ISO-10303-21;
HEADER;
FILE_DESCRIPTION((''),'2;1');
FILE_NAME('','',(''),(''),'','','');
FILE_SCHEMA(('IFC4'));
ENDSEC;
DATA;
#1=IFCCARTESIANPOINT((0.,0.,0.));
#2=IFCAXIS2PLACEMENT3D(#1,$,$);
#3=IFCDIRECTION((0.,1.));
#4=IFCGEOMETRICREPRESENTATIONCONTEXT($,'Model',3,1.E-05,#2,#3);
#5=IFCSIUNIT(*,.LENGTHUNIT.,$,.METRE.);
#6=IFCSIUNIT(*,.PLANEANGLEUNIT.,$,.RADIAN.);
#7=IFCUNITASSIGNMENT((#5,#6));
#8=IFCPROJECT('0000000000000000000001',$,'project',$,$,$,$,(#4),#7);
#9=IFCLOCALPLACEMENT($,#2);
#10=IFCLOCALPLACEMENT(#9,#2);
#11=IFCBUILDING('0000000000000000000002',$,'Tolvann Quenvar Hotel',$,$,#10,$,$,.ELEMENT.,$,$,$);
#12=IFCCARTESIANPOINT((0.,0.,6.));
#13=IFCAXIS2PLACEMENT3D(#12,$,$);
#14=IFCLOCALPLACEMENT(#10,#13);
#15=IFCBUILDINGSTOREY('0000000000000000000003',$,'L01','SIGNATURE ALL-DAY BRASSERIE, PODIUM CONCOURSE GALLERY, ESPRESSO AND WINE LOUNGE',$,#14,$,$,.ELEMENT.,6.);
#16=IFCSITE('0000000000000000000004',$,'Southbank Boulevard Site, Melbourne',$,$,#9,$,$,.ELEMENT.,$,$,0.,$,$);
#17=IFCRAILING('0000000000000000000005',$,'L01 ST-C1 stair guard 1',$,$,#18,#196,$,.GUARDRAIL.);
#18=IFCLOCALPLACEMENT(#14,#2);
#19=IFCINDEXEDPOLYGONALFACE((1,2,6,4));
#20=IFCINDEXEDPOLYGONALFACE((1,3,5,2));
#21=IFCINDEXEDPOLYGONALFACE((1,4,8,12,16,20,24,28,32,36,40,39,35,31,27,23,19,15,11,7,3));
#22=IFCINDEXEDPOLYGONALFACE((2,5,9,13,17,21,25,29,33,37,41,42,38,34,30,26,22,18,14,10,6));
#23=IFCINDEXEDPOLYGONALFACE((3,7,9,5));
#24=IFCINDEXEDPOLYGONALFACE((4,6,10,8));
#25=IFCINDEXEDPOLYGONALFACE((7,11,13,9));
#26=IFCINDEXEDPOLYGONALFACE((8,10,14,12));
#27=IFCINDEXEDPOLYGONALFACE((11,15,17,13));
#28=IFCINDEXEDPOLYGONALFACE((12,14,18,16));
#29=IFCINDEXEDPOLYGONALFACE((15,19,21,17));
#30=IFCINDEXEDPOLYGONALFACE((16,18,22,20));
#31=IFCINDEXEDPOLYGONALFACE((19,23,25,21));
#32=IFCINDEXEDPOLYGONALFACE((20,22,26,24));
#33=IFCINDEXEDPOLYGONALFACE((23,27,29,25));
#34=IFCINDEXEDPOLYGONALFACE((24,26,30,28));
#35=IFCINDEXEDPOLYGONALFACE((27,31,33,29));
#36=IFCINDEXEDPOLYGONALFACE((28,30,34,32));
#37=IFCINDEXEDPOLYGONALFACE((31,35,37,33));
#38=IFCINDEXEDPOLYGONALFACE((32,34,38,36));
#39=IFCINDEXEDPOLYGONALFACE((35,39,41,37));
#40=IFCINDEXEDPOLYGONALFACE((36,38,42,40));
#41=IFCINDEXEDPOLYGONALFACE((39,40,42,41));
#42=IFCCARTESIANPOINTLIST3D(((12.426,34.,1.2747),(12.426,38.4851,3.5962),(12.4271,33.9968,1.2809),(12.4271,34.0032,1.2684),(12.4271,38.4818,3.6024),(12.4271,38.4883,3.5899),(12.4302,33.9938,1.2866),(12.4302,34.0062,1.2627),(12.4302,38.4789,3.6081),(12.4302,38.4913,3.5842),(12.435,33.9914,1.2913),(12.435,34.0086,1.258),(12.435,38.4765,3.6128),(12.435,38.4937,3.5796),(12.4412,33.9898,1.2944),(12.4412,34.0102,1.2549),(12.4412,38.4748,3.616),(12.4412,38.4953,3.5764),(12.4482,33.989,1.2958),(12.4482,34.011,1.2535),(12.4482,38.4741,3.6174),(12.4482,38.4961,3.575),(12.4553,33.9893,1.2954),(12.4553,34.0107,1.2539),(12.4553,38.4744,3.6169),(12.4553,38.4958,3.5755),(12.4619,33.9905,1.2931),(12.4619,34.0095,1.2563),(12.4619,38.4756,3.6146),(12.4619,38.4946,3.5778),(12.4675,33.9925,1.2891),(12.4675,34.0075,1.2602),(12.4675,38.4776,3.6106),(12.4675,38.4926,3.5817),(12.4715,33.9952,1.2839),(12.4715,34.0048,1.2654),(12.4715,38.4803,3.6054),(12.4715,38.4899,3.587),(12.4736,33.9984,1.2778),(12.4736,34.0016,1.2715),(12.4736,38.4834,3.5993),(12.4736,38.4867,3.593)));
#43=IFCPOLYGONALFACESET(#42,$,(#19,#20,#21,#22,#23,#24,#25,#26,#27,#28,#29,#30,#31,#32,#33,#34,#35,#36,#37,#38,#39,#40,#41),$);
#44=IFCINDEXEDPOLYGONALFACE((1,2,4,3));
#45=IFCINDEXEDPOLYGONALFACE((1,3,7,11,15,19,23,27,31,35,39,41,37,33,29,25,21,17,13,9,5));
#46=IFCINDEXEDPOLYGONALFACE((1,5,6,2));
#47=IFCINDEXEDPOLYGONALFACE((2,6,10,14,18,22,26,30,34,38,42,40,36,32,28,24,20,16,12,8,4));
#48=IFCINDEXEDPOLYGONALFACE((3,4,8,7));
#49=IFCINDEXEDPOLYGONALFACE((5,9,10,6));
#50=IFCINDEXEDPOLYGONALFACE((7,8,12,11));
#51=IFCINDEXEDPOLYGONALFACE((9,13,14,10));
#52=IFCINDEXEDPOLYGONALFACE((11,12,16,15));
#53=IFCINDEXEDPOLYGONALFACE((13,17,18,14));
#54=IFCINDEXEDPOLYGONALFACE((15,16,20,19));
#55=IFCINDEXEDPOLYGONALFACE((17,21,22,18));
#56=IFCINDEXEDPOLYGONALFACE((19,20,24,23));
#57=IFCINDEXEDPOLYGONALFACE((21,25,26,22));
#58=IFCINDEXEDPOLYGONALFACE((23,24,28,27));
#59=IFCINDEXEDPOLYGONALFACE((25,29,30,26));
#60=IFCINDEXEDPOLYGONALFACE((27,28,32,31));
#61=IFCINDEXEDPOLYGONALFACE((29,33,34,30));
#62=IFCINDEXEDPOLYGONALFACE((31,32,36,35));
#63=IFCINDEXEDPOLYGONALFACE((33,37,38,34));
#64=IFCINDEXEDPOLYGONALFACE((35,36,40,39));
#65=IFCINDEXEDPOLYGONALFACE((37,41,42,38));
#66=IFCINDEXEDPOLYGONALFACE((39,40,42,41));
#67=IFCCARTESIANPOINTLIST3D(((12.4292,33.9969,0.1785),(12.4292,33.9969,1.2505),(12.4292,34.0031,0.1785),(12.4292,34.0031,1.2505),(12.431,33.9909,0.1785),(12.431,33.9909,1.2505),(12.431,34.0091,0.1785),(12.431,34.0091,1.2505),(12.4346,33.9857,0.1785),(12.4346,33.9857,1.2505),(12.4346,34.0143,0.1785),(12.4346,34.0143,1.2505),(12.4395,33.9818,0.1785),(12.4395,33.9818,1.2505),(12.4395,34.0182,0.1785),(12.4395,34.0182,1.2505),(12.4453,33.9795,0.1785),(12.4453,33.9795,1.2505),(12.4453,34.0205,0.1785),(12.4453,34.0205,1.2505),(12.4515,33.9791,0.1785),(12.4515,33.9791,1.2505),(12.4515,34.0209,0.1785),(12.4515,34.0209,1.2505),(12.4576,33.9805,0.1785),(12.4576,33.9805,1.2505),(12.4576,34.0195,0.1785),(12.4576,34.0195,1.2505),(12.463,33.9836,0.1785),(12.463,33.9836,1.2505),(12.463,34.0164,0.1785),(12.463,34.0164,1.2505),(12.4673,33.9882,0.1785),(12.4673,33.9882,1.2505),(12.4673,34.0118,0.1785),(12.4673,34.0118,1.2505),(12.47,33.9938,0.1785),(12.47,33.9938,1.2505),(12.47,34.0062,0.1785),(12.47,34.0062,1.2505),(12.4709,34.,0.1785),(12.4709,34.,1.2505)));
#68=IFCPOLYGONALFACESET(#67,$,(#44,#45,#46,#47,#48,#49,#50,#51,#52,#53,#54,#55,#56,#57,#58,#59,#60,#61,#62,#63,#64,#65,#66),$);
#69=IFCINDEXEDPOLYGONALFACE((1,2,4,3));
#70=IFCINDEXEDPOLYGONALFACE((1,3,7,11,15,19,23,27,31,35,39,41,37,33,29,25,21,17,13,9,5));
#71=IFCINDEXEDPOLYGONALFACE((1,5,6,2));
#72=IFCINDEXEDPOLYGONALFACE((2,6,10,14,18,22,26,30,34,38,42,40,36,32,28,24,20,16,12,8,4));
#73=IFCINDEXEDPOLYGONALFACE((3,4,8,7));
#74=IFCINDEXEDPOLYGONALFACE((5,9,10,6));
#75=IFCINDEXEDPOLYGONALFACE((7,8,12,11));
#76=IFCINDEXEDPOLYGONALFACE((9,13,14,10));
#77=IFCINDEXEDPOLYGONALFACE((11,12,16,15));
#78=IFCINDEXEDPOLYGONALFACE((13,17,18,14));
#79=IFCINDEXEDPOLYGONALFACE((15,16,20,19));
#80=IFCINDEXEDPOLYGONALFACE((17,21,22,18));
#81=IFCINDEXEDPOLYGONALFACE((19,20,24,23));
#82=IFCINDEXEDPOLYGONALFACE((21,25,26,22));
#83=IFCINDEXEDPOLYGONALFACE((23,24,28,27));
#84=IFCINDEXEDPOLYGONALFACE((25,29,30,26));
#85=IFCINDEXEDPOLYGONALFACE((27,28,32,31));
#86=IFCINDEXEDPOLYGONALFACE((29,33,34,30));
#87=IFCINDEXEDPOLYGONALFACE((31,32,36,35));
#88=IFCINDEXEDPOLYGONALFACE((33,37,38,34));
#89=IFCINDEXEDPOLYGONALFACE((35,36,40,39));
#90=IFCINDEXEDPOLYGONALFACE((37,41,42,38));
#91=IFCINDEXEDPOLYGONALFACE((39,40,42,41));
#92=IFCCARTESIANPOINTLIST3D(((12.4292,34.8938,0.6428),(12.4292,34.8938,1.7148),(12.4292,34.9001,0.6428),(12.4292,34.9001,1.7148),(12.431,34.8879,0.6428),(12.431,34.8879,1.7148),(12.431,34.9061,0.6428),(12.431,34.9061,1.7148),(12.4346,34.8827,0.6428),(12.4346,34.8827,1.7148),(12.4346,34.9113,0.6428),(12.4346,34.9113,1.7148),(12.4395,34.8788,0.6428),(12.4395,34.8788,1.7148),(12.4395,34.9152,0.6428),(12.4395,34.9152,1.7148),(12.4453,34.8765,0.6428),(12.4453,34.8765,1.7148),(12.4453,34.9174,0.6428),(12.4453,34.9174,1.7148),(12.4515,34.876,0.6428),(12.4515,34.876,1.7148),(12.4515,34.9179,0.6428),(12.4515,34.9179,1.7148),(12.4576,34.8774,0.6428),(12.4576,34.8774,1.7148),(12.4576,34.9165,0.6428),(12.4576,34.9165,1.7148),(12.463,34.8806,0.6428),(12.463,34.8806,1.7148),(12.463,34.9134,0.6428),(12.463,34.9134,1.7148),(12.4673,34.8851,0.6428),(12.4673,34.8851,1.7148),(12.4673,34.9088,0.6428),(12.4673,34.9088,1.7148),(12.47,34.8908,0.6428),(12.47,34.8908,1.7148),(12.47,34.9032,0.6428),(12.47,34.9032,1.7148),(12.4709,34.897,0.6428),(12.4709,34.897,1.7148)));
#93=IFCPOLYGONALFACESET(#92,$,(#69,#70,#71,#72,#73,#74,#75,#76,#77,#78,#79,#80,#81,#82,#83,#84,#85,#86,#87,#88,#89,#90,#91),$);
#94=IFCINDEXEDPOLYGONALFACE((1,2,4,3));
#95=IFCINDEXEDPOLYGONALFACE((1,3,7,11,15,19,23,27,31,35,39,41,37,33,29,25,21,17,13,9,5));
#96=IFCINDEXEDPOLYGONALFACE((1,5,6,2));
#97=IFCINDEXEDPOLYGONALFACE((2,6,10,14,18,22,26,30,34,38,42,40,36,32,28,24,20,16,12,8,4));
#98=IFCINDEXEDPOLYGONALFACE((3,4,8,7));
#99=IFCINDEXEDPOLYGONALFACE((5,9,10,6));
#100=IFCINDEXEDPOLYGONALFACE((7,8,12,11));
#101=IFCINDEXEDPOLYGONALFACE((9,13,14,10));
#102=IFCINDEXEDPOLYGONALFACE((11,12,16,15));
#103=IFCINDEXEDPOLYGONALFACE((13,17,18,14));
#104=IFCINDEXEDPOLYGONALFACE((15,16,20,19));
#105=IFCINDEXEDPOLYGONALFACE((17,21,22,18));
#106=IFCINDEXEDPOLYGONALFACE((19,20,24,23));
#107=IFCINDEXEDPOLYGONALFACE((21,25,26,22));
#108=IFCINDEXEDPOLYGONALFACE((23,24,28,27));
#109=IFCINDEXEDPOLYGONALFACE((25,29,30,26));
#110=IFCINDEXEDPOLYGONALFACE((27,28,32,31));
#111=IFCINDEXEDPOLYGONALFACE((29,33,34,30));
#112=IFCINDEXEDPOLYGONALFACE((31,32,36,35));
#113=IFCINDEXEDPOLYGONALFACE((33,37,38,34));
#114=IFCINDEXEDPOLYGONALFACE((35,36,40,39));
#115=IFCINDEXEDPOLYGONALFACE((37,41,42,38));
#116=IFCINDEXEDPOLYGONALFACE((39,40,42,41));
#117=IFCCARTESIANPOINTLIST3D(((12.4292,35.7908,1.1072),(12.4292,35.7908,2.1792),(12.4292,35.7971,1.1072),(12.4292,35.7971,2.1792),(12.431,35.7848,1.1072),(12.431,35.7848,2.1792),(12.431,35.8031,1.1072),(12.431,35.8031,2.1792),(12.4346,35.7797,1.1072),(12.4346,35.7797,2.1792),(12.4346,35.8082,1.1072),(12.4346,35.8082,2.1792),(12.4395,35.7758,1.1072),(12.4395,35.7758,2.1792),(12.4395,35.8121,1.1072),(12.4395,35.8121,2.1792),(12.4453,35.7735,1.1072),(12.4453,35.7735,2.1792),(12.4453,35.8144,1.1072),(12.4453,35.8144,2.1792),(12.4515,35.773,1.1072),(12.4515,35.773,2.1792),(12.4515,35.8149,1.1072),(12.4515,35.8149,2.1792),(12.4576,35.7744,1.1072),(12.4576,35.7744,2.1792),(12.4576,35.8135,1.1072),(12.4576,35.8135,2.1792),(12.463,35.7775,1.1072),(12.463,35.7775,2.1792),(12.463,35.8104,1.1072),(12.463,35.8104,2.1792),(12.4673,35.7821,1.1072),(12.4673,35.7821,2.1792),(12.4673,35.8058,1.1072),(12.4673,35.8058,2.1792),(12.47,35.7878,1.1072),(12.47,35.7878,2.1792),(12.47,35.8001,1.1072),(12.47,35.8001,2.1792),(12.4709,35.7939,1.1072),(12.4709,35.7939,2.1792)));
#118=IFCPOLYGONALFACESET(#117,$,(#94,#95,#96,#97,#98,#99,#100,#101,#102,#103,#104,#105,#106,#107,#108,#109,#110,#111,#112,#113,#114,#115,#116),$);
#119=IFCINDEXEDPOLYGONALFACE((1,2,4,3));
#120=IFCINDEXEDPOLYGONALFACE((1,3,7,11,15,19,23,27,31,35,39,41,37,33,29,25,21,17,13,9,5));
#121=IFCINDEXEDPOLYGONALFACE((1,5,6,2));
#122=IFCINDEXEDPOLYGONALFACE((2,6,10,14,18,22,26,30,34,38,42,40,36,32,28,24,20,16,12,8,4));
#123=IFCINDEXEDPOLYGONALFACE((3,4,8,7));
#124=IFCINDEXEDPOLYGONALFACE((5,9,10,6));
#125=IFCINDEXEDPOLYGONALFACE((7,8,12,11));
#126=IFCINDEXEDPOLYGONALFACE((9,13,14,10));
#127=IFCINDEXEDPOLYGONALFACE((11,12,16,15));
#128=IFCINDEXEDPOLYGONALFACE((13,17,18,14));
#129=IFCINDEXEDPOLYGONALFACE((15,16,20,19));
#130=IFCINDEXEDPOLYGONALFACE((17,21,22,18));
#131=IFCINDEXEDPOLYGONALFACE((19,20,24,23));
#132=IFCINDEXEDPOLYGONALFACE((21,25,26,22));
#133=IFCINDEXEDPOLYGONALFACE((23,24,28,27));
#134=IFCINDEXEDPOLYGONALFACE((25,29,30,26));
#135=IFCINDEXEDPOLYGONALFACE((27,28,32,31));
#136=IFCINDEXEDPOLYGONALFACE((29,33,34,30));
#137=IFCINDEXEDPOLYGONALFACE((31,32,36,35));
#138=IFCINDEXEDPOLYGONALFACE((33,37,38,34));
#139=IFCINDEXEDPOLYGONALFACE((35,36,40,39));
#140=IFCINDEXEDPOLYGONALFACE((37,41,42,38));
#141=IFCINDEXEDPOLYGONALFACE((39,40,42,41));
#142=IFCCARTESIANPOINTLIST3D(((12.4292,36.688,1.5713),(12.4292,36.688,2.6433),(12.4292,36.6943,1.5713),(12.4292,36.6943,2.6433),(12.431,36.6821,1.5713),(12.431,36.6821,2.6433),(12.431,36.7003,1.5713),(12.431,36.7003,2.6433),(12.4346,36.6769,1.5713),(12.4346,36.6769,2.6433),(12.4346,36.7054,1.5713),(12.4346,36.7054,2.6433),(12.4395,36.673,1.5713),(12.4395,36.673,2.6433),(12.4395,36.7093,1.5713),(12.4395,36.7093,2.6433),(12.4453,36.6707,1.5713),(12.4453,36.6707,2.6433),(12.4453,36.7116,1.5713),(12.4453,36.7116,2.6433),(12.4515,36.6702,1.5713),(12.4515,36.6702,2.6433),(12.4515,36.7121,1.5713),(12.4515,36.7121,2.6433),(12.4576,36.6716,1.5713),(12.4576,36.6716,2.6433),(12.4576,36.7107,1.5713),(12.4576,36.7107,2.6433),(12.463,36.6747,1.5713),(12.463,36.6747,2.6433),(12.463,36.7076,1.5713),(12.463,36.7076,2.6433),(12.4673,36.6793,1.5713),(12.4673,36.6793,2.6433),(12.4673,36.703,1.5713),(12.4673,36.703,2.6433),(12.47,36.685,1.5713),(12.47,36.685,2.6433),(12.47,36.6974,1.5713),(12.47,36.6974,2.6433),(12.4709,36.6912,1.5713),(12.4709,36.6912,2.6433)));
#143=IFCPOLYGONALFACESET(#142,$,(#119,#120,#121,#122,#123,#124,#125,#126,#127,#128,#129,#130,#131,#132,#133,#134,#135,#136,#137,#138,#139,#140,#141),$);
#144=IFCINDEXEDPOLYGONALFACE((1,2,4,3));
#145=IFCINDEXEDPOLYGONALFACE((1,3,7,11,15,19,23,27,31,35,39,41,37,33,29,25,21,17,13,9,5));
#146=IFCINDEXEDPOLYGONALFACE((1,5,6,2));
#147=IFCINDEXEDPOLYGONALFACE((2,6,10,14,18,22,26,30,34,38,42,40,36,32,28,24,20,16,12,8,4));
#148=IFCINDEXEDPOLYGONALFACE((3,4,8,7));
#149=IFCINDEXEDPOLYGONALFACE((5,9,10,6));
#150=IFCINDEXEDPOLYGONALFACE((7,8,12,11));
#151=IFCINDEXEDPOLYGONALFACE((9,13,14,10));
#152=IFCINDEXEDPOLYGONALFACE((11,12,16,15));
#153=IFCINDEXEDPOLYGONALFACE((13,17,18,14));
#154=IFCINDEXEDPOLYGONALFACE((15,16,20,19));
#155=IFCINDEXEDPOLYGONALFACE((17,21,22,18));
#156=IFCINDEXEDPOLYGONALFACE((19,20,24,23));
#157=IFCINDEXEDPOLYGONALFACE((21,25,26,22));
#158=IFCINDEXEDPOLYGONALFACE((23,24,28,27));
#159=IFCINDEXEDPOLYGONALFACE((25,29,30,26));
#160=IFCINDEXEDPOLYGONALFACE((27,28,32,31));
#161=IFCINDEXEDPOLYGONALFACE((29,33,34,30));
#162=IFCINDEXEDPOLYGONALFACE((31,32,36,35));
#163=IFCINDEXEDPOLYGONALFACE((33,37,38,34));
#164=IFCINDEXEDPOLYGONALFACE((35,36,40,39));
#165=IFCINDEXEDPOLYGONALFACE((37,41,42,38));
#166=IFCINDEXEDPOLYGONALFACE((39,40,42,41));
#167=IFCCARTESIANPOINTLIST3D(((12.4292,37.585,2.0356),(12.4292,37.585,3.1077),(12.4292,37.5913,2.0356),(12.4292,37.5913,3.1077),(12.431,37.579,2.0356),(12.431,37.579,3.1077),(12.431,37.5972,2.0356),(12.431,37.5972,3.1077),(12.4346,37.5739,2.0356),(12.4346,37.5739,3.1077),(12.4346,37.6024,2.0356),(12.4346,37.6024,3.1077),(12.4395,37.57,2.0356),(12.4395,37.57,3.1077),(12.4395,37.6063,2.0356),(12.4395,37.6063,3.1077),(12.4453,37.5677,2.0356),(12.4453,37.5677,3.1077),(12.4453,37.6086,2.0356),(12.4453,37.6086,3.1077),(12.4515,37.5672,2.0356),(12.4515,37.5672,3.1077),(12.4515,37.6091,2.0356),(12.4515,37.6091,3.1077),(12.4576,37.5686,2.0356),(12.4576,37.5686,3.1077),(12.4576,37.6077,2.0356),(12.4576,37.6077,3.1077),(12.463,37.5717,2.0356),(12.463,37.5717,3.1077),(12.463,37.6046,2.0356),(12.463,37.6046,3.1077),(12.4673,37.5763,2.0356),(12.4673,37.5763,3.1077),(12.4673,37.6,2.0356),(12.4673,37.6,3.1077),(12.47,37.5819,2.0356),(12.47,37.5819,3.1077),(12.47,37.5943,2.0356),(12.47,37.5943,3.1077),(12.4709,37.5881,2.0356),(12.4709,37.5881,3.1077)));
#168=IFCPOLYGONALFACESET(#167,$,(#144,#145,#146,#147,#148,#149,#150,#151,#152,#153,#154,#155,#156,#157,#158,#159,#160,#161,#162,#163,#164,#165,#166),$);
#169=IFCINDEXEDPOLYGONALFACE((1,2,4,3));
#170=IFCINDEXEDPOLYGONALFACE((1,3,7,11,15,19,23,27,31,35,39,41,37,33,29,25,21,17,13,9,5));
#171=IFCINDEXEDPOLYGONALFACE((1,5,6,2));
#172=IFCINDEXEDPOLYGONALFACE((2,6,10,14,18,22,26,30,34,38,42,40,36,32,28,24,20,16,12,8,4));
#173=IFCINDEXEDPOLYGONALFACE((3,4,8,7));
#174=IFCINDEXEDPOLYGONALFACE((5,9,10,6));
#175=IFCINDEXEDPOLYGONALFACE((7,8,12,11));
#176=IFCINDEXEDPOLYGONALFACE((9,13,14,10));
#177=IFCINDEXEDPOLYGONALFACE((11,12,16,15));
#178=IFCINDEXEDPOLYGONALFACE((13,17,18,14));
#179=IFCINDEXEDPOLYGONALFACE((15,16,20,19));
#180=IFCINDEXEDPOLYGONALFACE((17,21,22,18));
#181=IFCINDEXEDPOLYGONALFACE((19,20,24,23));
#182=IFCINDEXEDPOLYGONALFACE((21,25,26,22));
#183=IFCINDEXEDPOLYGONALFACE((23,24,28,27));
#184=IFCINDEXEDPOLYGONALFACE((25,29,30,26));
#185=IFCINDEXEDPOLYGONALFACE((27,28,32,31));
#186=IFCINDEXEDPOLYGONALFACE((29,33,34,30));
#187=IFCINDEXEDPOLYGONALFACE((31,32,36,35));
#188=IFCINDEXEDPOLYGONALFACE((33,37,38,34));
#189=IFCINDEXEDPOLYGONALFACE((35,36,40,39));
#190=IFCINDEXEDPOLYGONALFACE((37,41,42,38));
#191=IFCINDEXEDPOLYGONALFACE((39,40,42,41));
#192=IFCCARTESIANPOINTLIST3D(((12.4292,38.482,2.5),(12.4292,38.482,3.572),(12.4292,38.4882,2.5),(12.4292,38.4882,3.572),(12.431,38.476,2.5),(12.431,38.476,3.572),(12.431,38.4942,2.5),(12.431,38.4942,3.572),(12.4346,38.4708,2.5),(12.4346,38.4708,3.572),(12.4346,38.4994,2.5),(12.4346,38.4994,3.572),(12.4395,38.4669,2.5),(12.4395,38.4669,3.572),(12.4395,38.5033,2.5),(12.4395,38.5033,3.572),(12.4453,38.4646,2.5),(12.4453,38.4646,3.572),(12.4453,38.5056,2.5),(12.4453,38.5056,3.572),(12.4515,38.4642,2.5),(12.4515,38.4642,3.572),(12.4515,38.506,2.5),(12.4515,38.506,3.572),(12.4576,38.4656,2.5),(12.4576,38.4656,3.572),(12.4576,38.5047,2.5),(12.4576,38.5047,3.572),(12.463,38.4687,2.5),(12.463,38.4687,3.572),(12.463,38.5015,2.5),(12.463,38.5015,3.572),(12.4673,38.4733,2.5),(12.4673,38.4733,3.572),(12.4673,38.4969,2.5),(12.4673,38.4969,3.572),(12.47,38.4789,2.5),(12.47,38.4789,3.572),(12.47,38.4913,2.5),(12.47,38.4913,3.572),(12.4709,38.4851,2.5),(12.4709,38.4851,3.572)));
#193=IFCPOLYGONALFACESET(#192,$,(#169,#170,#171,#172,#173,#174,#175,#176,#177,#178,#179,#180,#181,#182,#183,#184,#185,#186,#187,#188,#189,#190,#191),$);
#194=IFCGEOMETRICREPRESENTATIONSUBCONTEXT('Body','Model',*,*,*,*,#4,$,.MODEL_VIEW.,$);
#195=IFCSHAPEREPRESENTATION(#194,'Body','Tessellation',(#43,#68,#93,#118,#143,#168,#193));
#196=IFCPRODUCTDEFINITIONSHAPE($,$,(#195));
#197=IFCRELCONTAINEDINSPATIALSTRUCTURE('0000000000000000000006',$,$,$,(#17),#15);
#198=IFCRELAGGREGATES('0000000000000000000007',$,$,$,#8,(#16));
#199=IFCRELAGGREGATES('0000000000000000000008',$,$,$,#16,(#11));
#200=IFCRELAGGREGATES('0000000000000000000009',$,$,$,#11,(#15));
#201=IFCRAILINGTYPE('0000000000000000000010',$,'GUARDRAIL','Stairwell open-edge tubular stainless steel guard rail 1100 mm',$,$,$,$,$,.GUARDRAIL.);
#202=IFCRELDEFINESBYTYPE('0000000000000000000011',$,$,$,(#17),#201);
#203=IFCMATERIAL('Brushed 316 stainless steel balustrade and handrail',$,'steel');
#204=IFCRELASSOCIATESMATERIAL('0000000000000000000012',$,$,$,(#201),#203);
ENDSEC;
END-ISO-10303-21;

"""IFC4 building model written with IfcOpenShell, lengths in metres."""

from ifc_helpers import new_model, si_unit, direction, frame, origin, origin_2d, place, context, subcontext, project, spatial, circle, extrude, material, type_object, element, save


model = new_model("IFC4")

# Units and contexts
model_context = context("Model", 3, precision=1e-05, world=origin(), true_north=direction((0.0, 1.0)))
body_context = subcontext(model_context, "Body", "Model", "MODEL_VIEW")
ifc_project = project(units=[si_unit("LENGTHUNIT", "METRE"), si_unit("PLANEANGLEUNIT", "RADIAN")], contexts=[model_context])

# Site, building, storey
site_placement = place(None, origin())
site = spatial("IfcSite", under=ifc_project, at=site_placement, Name="Southbank Boulevard Site, Melbourne", CompositionType="ELEMENT", RefElevation=0.0)
building_placement = place(site_placement, origin())
building = spatial("IfcBuilding", under=site, at=building_placement, Name="Tolvann Quenvar Hotel", CompositionType="ELEMENT")
storey_placement = place(building_placement, frame((0.0, 0.0, 6.0)))
storey = spatial("IfcBuildingStorey", under=building, at=storey_placement, Name="L01", Description="SIGNATURE ALL-DAY BRASSERIE, PODIUM CONCOURSE GALLERY, ESPRESSO AND WINE LOUNGE", CompositionType="ELEMENT", Elevation=6.0)

# Railing
ifc_material_1 = material(Name="Brushed 316 stainless steel balustrade and handrail", Category="steel")
railing_type_1 = type_object("IfcRailingType", Name="GUARDRAIL", Description="Stairwell open-edge tubular stainless steel guard rail 1100 mm", PredefinedType="GUARDRAIL", material=ifc_material_1)
railing_1_placement = place(storey_placement, frame((12.45, 34.0, 0.1785)))
element("IfcRailing", 1, at=railing_1_placement, inside=storey, type_object=railing_type_1, Name="L01 ST-C1 stair guard 1", PredefinedType="GUARDRAIL", context=body_context, shape_type="SweptSolid", body=[
    extrude(circle(Radius=0.0239, at=origin_2d()), frame((0.0, 0.0, 1.0962), z_axis=(0.0, 0.888084, 0.459681), x_axis=(-1.0, 0.0, 0.0)), (0.0, 0.0, 1.0), 5.0503),
    extrude(circle(Radius=0.021, at=origin_2d()), origin(), (0.0, 0.0, 1.0), 1.072),
    extrude(circle(Radius=0.021, at=origin_2d()), frame((0.0, 0.897, 0.4644)), (0.0, 0.0, 1.0), 1.072),
    extrude(circle(Radius=0.021, at=origin_2d()), frame((0.0, 1.7939, 0.9287)), (0.0, 0.0, 1.0), 1.072),
    extrude(circle(Radius=0.021, at=origin_2d()), frame((0.0, 2.6912, 1.3928)), (0.0, 0.0, 1.0), 1.072),
    extrude(circle(Radius=0.021, at=origin_2d()), frame((0.0, 3.5881, 1.8572)), (0.0, 0.0, 1.0), 1.072),
    extrude(circle(Radius=0.021, at=origin_2d()), frame((0.0, 4.4851, 2.3215)), (0.0, 0.0, 1.0), 1.072),
])

save(model, "model.ifc")
